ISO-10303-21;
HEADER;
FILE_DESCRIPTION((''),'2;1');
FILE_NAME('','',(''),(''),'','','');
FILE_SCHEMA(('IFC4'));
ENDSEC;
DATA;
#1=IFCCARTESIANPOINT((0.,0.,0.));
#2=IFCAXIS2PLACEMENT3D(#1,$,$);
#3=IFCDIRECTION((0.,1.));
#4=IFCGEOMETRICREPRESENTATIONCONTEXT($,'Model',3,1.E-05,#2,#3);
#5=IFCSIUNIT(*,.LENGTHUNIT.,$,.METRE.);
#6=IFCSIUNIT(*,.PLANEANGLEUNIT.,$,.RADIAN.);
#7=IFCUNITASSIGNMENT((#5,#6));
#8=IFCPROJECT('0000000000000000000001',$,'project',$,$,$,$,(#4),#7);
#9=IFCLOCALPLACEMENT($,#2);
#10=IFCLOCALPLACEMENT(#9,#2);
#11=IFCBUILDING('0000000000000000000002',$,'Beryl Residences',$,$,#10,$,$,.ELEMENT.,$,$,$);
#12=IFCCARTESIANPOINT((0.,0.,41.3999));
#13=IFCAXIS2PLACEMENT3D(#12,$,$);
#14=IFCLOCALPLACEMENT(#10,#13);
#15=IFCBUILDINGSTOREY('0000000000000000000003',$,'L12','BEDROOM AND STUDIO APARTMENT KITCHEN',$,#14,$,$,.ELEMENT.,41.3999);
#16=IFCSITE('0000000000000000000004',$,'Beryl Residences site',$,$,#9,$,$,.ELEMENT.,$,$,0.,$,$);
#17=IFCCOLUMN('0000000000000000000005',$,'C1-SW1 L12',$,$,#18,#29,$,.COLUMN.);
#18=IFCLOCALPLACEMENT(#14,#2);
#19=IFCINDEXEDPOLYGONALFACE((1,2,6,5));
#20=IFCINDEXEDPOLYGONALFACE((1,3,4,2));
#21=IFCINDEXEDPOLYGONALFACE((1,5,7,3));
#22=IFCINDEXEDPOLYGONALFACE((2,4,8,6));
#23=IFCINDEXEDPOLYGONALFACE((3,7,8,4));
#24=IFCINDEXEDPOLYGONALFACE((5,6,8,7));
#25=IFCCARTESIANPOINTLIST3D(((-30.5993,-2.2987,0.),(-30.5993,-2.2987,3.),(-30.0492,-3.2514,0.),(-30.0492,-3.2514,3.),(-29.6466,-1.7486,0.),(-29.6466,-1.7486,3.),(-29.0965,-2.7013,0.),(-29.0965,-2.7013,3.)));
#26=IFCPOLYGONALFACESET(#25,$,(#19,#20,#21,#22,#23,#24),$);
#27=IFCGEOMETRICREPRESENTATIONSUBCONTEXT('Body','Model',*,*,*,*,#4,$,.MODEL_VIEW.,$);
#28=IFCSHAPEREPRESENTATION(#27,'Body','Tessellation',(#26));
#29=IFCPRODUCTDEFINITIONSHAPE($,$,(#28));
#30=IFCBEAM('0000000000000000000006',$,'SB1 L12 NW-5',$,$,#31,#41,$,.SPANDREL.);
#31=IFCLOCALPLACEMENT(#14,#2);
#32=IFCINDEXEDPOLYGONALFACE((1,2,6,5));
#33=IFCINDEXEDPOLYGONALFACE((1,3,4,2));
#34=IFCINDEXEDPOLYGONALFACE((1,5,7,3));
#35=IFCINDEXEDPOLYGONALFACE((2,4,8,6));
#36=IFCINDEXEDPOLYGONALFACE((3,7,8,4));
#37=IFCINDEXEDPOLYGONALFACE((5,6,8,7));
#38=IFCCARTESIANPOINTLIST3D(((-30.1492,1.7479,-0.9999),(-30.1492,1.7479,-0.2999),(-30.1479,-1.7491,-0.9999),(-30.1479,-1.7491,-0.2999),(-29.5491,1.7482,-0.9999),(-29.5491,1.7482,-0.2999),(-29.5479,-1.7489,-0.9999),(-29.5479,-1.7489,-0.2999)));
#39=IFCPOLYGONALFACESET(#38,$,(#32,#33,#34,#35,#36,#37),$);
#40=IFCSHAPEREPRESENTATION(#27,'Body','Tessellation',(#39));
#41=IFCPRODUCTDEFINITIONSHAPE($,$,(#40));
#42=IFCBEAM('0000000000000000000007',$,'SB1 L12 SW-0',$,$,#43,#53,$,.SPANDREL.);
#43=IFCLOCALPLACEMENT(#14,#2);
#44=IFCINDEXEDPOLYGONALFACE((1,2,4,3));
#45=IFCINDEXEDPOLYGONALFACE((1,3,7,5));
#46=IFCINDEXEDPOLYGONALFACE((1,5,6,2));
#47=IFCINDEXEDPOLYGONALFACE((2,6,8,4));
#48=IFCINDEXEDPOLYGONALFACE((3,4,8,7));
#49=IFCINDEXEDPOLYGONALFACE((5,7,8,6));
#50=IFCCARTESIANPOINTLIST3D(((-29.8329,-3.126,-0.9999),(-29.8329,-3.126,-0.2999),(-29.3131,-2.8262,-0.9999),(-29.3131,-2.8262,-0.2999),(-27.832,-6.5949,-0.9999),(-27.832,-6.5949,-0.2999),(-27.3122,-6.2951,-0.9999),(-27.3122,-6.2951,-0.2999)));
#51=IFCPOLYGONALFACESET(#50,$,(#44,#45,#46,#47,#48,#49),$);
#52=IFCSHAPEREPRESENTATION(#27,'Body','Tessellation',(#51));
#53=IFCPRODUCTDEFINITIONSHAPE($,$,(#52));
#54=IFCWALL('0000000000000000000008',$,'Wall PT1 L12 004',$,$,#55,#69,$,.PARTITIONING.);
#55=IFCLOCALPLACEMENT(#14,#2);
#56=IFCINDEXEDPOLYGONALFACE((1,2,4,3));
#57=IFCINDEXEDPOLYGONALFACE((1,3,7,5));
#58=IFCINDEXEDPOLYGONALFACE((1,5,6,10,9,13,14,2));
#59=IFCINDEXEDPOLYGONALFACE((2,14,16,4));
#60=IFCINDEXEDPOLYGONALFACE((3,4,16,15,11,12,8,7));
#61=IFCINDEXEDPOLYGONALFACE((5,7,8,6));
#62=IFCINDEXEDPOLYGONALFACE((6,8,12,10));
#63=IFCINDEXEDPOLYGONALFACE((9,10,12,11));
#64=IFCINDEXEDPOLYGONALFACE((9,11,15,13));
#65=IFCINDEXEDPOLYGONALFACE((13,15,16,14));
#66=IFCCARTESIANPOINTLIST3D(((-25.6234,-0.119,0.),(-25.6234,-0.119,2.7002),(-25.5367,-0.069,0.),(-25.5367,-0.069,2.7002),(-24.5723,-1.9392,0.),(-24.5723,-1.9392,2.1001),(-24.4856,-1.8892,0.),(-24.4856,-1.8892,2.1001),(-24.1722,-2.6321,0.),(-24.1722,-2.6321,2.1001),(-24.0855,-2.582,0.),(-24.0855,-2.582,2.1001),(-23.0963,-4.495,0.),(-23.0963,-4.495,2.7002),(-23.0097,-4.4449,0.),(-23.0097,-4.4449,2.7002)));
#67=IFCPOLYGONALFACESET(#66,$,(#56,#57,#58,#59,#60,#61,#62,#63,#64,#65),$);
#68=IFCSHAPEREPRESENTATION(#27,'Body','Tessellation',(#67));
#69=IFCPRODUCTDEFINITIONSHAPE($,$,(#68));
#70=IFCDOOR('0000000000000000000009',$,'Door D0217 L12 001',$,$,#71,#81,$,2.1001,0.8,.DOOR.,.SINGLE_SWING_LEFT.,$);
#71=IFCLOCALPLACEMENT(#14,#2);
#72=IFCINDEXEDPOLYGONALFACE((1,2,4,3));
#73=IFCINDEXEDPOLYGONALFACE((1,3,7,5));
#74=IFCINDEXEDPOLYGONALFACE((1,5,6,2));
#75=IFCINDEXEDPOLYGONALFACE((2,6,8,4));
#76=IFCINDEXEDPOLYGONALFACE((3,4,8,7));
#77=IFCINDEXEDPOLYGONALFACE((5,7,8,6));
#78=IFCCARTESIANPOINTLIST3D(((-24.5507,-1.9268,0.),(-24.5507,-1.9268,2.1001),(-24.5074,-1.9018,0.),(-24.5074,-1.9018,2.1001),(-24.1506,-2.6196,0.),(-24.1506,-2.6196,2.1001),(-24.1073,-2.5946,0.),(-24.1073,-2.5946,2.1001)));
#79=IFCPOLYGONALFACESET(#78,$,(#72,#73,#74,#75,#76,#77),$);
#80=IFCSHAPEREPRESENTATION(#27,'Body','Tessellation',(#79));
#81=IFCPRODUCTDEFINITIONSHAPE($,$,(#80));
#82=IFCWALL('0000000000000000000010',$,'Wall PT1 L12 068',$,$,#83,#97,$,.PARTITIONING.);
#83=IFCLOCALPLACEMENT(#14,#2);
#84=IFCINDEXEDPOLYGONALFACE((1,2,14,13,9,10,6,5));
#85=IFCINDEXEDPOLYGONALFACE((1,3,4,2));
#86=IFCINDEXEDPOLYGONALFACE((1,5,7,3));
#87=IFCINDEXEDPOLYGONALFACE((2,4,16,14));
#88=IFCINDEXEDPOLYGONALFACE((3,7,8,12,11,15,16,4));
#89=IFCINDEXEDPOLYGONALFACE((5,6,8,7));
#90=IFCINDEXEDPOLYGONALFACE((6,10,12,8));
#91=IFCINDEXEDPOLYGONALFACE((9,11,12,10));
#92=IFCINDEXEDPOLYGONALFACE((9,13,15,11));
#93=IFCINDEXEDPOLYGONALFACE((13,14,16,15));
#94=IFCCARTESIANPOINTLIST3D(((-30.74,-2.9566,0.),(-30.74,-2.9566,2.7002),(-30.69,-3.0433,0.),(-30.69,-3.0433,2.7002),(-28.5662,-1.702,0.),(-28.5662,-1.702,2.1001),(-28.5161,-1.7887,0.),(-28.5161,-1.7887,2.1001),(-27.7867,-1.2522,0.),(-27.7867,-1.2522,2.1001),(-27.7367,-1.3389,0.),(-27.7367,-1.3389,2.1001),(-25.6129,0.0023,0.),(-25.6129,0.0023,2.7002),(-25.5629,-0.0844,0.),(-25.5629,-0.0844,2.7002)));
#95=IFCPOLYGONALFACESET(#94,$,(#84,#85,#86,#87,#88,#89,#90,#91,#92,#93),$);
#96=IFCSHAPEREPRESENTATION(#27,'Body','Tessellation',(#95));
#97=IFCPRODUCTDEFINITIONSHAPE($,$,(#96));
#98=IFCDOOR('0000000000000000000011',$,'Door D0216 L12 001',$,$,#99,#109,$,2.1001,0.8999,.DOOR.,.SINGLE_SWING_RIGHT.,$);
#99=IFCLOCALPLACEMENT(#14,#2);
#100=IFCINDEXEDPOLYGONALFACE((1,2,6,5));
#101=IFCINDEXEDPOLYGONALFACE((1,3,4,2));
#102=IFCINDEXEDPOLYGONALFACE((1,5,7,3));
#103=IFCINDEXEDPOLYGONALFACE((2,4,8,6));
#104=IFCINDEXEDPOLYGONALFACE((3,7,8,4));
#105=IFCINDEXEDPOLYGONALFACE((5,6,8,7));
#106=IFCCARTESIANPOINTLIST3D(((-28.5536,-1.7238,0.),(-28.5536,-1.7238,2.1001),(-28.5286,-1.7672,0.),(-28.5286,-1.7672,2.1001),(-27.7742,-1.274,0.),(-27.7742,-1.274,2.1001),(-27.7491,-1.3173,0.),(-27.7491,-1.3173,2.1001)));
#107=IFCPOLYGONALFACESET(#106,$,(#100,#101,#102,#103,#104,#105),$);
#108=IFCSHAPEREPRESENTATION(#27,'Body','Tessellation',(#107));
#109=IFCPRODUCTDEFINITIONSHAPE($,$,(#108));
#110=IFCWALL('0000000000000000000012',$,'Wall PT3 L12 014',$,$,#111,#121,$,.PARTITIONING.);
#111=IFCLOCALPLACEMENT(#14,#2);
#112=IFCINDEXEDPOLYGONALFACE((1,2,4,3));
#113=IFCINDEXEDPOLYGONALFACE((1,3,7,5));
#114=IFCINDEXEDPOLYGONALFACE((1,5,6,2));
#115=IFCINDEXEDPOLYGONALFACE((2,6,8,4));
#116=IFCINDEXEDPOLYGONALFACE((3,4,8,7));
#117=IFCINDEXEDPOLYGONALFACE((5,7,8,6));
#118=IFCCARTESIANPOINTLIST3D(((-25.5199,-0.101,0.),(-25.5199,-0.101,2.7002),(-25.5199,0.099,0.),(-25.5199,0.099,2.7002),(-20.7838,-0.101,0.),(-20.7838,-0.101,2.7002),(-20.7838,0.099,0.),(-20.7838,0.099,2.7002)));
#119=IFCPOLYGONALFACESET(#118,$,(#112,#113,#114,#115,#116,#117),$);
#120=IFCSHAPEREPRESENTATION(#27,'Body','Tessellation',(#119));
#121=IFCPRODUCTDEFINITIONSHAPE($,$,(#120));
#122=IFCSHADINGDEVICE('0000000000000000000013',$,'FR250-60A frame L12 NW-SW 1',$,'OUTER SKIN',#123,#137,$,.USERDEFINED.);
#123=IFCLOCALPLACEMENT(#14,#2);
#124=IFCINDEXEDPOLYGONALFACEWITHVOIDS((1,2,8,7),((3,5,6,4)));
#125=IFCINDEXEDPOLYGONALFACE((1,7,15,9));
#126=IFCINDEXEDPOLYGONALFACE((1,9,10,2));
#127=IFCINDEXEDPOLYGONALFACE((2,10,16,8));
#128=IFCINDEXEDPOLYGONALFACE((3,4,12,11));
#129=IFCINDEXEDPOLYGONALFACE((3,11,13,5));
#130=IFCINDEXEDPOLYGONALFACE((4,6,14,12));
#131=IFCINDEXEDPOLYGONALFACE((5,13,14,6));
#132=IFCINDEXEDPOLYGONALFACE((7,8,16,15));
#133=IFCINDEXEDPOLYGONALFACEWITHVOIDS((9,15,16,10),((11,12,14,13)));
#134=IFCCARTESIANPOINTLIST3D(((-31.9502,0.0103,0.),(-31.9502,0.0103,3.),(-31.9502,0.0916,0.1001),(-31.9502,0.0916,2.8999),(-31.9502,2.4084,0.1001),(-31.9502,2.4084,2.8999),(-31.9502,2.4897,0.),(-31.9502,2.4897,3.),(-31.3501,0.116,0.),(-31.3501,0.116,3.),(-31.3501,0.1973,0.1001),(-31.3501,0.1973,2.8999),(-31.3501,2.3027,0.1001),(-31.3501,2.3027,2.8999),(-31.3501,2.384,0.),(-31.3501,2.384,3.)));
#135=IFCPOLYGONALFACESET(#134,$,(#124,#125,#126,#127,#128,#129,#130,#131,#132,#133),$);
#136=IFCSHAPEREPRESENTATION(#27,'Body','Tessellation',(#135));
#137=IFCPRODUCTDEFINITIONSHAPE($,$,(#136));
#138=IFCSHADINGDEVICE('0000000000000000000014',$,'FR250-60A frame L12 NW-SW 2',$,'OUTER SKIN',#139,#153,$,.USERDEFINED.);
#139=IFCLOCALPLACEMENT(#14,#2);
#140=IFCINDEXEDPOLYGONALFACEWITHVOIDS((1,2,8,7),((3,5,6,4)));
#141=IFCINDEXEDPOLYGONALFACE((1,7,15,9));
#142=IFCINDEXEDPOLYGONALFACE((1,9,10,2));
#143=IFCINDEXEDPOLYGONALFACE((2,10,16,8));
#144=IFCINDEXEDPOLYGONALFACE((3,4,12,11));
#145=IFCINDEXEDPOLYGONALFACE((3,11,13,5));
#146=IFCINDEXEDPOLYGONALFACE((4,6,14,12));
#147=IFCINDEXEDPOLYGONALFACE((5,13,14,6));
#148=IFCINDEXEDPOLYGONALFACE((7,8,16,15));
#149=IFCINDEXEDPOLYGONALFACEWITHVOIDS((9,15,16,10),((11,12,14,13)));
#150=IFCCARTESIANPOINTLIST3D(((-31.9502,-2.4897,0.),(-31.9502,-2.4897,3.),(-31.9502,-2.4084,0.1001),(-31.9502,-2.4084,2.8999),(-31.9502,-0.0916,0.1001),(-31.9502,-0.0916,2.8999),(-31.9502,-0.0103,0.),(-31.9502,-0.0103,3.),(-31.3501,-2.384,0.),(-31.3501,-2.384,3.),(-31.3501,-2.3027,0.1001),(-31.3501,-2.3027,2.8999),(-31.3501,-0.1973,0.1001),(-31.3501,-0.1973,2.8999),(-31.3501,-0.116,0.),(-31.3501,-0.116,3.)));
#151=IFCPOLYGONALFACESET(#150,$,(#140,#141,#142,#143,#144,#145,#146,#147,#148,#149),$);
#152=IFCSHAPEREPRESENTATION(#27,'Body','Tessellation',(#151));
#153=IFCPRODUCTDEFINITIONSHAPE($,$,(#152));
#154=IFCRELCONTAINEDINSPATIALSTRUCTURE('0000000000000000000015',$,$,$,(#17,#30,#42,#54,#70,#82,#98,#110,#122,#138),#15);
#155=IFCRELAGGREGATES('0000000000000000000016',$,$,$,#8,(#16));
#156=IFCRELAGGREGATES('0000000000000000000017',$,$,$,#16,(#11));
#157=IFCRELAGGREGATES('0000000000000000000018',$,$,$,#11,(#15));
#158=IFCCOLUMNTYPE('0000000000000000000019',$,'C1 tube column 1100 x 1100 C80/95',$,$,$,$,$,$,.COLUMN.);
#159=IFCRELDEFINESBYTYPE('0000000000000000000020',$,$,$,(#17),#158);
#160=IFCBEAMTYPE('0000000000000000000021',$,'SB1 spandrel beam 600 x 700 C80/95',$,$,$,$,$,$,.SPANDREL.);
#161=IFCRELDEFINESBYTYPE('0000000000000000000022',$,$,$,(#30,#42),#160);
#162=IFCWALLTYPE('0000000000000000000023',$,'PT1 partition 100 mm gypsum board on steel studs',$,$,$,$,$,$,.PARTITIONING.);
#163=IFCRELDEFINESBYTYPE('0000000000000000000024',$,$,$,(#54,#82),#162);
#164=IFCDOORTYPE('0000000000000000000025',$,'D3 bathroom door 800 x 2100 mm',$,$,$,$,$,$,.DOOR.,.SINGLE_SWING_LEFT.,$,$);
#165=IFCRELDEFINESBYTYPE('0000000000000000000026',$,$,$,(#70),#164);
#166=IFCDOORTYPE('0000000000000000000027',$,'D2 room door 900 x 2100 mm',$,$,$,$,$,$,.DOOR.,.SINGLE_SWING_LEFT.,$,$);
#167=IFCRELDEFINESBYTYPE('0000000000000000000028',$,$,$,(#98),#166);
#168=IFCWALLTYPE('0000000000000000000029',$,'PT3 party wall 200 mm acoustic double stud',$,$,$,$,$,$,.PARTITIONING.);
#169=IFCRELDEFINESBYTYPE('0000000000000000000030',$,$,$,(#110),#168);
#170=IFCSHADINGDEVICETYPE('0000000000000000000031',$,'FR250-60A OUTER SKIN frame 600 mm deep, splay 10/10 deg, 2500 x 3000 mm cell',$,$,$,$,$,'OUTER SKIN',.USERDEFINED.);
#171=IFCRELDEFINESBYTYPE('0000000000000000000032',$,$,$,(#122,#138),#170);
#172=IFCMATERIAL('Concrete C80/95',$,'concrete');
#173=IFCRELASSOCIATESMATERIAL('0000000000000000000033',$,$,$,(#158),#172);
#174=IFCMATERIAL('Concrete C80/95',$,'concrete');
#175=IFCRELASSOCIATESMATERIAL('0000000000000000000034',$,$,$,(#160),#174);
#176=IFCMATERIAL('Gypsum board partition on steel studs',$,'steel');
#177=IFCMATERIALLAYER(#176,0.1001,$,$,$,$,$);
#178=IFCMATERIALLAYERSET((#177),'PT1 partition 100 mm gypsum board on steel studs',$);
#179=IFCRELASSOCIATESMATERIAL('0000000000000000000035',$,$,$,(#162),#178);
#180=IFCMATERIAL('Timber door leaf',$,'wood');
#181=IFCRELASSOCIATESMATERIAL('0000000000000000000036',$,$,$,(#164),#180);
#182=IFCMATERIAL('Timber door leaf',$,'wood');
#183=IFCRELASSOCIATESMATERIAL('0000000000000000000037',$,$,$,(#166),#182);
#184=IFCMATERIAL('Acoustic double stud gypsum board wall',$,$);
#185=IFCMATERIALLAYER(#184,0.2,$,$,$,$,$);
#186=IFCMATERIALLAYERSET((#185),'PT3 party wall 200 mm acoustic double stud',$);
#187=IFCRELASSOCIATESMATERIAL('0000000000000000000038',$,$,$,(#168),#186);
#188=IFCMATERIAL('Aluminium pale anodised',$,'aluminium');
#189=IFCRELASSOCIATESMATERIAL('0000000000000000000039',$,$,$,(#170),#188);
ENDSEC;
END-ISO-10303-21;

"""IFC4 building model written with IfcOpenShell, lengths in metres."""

from ifc_helpers import new_model, entity, si_unit, direction, frame, frame_2d, origin, origin_2d, place, context, subcontext, project, spatial, rectangle, extrude, source, transform, mapped, material, layer, layer_set, material_profile, profile_set, type_object, type_shapes, element, fill, save


model = new_model("IFC4")

# Units and contexts
model_context = context("Model", 3, precision=1e-05, world=origin(), true_north=direction((0.0, 1.0)))
body_context = subcontext(model_context, "Body", "Model", "MODEL_VIEW")
ifc_project = project(units=[si_unit("LENGTHUNIT", "METRE"), si_unit("PLANEANGLEUNIT", "RADIAN")], contexts=[model_context])

# Site, building, storey
site_placement = place(None, origin())
site = spatial("IfcSite", under=ifc_project, at=site_placement, Name="Beryl Residences site", CompositionType="ELEMENT", RefElevation=0.0)
building_placement = place(site_placement, origin())
building = spatial("IfcBuilding", under=site, at=building_placement, Name="Beryl Residences", CompositionType="ELEMENT")
storey_placement = place(building_placement, frame((0.0, 0.0, 41.3999)))
storey = spatial("IfcBuildingStorey", under=building, at=storey_placement, Name="L12", Description="BEDROOM AND STUDIO APARTMENT KITCHEN", CompositionType="ELEMENT", Elevation=41.3999)

# Column
ifc_material_1 = material(Name="Concrete C80/95", Category="concrete")
ifc_material_profile_1 = material_profile(ifc_material_1, rectangle(XDim=1.1001, YDim=1.1001, at=origin_2d()))
ifc_profile_set_1 = profile_set([ifc_material_profile_1], Name="Concrete C80/95")
column_type = type_object("IfcColumnType", Name="C1 tube column 1100 x 1100 C80/95", PredefinedType="COLUMN", material=ifc_profile_set_1)
column_placement = place(storey_placement, frame((-29.8479, -2.5, 0.0), z_axis=(0.0, 0.0, 1.0), x_axis=(0.499985, -0.866034, 0.0)))
element("IfcColumn", 1, at=column_placement, inside=storey, type_object=column_type, Name="C1-SW1 L12", PredefinedType="COLUMN", context=body_context, shape_type="SweptSolid", body=[
    extrude(rectangle(XDim=1.1001, YDim=1.1001, at=origin_2d()), origin(), (0.0, 0.0, 1.0), 3.0),
])

# Beams
ifc_material_2 = material(Name="Concrete C80/95", Category="concrete")
ifc_material_profile_2 = material_profile(ifc_material_2, rectangle(XDim=0.6001, YDim=0.7, at=origin_2d()))
ifc_profile_set_2 = profile_set([ifc_material_profile_2], Name="Concrete C80/95")
beam_type = type_object("IfcBeamType", Name="SB1 spandrel beam 600 x 700 C80/95", PredefinedType="SPANDREL", material=ifc_profile_set_2)
beam_1_placement = place(storey_placement, frame((-29.8491, 1.748, -0.6499), z_axis=(0.000349, -1.0, 0.0), x_axis=(1.0, 0.000349, 0.0)))
element("IfcBeam", 2, at=beam_1_placement, inside=storey, type_object=beam_type, Name="SB1 L12 NW-5", PredefinedType="SPANDREL", context=body_context, shape_type="SweptSolid", body=[
    extrude(rectangle(XDim=0.6001, YDim=0.7, at=origin_2d()), origin(), (0.0, 0.0, 1.0), 3.4971),
])
beam_2_placement = place(storey_placement, frame((-29.573, -2.9761, -0.6499), z_axis=(0.499654, -0.866225, 0.0), x_axis=(0.866225, 0.499654, 0.0)))
element("IfcBeam", 3, at=beam_2_placement, inside=storey, type_object=beam_type, Name="SB1 L12 SW-0", PredefinedType="SPANDREL", context=body_context, shape_type="SweptSolid", body=[
    extrude(rectangle(XDim=0.6001, YDim=0.7, at=origin_2d()), origin(), (0.0, 0.0, 1.0), 4.0046),
])

# Walls, openings, doors
ifc_material_3 = material(Name="Gypsum board partition on steel studs", Category="steel")
ifc_layer_1 = layer(ifc_material_3, 0.1001)
ifc_layer_set_1 = layer_set([ifc_layer_1], Name="PT1 partition 100 mm gypsum board on steel studs")
wall_type_1 = type_object("IfcWallType", Name="PT1 partition 100 mm gypsum board on steel studs", PredefinedType="PARTITIONING", material=ifc_layer_set_1)
wall_1_placement = place(storey_placement, frame((-25.5801, -0.094, 0.0), z_axis=(0.0, 0.0, 1.0), x_axis=(0.500093, -0.865972, 0.0)))
wall_1 = element("IfcWall", 4, at=wall_1_placement, inside=storey, type_object=wall_type_1, Name="Wall PT1 L12 004", PredefinedType="PARTITIONING", context=body_context, shape_type="SweptSolid", body=[
    extrude(rectangle(XDim=5.0532, YDim=0.1001, at=frame_2d((2.5266, 0.0))), origin(), (0.0, 0.0, 1.0), 2.7002),
])
opening_1_placement = place(wall_1_placement, frame((2.1021, 0.0, 0.0)))
opening_1 = element("IfcOpeningElement", 5, at=opening_1_placement, cuts=wall_1, PredefinedType="OPENING", context=body_context, shape_type="SweptSolid", body=[
    extrude(rectangle(XDim=0.8, YDim=2.1001, at=frame_2d((0.3999, 1.05))), frame((0.0, 0.0601, 0.0), z_axis=(0.0, -1.0, 0.0), x_axis=(1.0, 0.0, 0.0)), (0.0, 0.0, 1.0), 0.1201),
])
ifc_material_4 = material(Name="Timber door leaf", Category="wood")
door_type_1 = type_object("IfcDoorType", Name="D3 bathroom door 800 x 2100 mm", OperationType="SINGLE_SWING_LEFT", PredefinedType="DOOR", material=ifc_material_4)
door_1_placement = place(opening_1_placement, origin())
door_1 = element("IfcDoor", 6, at=door_1_placement, inside=storey, type_object=door_type_1, Name="Door D0217 L12 001", OperationType="SINGLE_SWING_LEFT", OverallHeight=2.1001, OverallWidth=0.8, PredefinedType="DOOR", context=body_context, shape_type="SweptSolid", body=[
    extrude(rectangle(XDim=0.8, YDim=2.1001, at=frame_2d((0.3999, 1.05))), frame((0.0, 0.0249, 0.0), z_axis=(0.0, -1.0, 0.0), x_axis=(1.0, 0.0, 0.0)), (0.0, 0.0, 1.0), 0.05),
])
fill(opening_1, door_1)
wall_2_placement = place(storey_placement, frame((-30.7151, -3.0, 0.0), z_axis=(0.0, 0.0, 1.0), x_axis=(0.866113, 0.499847, 0.0)))
wall_2 = element("IfcWall", 7, at=wall_2_placement, inside=storey, type_object=wall_type_1, Name="Wall PT1 L12 068", PredefinedType="PARTITIONING", context=body_context, shape_type="SweptSolid", body=[
    extrude(rectangle(XDim=5.9197, YDim=0.1001, at=frame_2d((2.96, 0.0))), origin(), (0.0, 0.0, 1.0), 2.7002),
])
opening_2_placement = place(wall_2_placement, frame((2.51, 0.0, 0.0)))
opening_2 = element("IfcOpeningElement", 8, at=opening_2_placement, cuts=wall_2, PredefinedType="OPENING", context=body_context, shape_type="SweptSolid", body=[
    extrude(rectangle(XDim=0.8999, YDim=2.1001, at=frame_2d((0.45, 1.05))), frame((0.0, 0.0601, 0.0), z_axis=(0.0, -1.0, 0.0), x_axis=(1.0, 0.0, 0.0)), (0.0, 0.0, 1.0), 0.1201),
])
ifc_material_5 = material(Name="Timber door leaf", Category="wood")
door_type_2 = type_object("IfcDoorType", Name="D2 room door 900 x 2100 mm", OperationType="SINGLE_SWING_LEFT", PredefinedType="DOOR", material=ifc_material_5)
door_2_placement = place(opening_2_placement, origin())
door_2 = element("IfcDoor", 9, at=door_2_placement, inside=storey, type_object=door_type_2, Name="Door D0216 L12 001", OperationType="SINGLE_SWING_RIGHT", OverallHeight=2.1001, OverallWidth=0.8999, PredefinedType="DOOR", context=body_context, shape_type="SweptSolid", body=[
    extrude(rectangle(XDim=0.8999, YDim=2.1001, at=frame_2d((0.45, 1.05))), frame((0.0, 0.0249, 0.0), z_axis=(0.0, -1.0, 0.0), x_axis=(1.0, 0.0, 0.0)), (0.0, 0.0, 1.0), 0.05),
])
fill(opening_2, door_2)

# Wall
ifc_material_6 = material(Name="Acoustic double stud gypsum board wall")
ifc_layer_2 = layer(ifc_material_6, 0.2)
ifc_layer_set_2 = layer_set([ifc_layer_2], Name="PT3 party wall 200 mm acoustic double stud")
wall_type_2 = type_object("IfcWallType", Name="PT3 party wall 200 mm acoustic double stud", PredefinedType="PARTITIONING", material=ifc_layer_set_2)
wall_3_placement = place(storey_placement, frame((-25.52, -0.001, 0.0), z_axis=(0.0, 0.0, 1.0), x_axis=(1.0, 0.0, 0.0)))
element("IfcWall", 10, at=wall_3_placement, inside=storey, type_object=wall_type_2, Name="Wall PT3 L12 014", PredefinedType="PARTITIONING", context=body_context, shape_type="SweptSolid", body=[
    extrude(rectangle(XDim=4.7361, YDim=0.2, at=frame_2d((2.3682, 0.0))), origin(), (0.0, 0.0, 1.0), 2.7002),
])

# Shading devices
ifc_material_7 = material(Name="Aluminium pale anodised", Category="aluminium")
shading_device_type_1 = type_object("IfcShadingDeviceType", Name="FR250-60A OUTER SKIN frame 600 mm deep, splay 10/10 deg, 2500 x 3000 mm cell", ElementType="OUTER SKIN", PredefinedType="USERDEFINED", material=ifc_material_7)
cartesian_point_1 = entity("IfcCartesianPoint", [-1.134, 0.0])
cartesian_point_2 = entity("IfcCartesianPoint", [-1.0527, 0.1001])
cartesian_point_3 = entity("IfcCartesianPoint", [-1.2397, 0.0])
cartesian_point_4 = entity("IfcCartesianPoint", [-1.1584, 0.1001])
shared_shape_1 = source(origin(), body_context, "Body", "SweptSolid", [
    entity("IfcExtrudedAreaSolidTapered", entity("IfcArbitraryProfileDefWithVoids", "AREA", None, entity("IfcPolyline", [cartesian_point_1, entity("IfcCartesianPoint", [1.134, 0.0]), entity("IfcCartesianPoint", [1.134, 3.0]), entity("IfcCartesianPoint", [-1.134, 3.0]), cartesian_point_1]), [entity("IfcPolyline", [cartesian_point_2, entity("IfcCartesianPoint", [1.0527, 0.1001]), entity("IfcCartesianPoint", [1.0527, 2.8999]), entity("IfcCartesianPoint", [-1.0527, 2.8999]), cartesian_point_2])]), entity("IfcAxis2Placement3D", entity("IfcCartesianPoint", [0.0, 0.0, 0.0]), entity("IfcDirection", [0.0, 1.0, 0.0]), entity("IfcDirection", [-1.0, 0.0, 0.0])), entity("IfcDirection", [0.0, 0.0, 1.0]), 0.6001, entity("IfcArbitraryProfileDefWithVoids", "AREA", None, entity("IfcPolyline", [cartesian_point_3, entity("IfcCartesianPoint", [1.2397, 0.0]), entity("IfcCartesianPoint", [1.2397, 3.0]), entity("IfcCartesianPoint", [-1.2397, 3.0]), cartesian_point_3]), [entity("IfcPolyline", [cartesian_point_4, entity("IfcCartesianPoint", [1.1584, 0.1001]), entity("IfcCartesianPoint", [1.1584, 2.8999]), entity("IfcCartesianPoint", [-1.1584, 2.8999]), cartesian_point_4])])),
])
type_shapes(shading_device_type_1, [shared_shape_1])
for number, where, z_axis, x_axis, name in (
    (11, (-31.3501, 1.25, 0.0), (0.0, 0.0, 1.0), (0.0, 1.0, 0.0), "FR250-60A frame L12 NW-SW 1"),
    (12, (-31.3501, -1.25, 0.0), (0.0, 0.0, 1.0), (0.0, 1.0, 0.0), "FR250-60A frame L12 NW-SW 2"),
):
    element("IfcShadingDevice", number, at=place(storey_placement, frame(where, z_axis=z_axis, x_axis=x_axis)), inside=storey, type_object=shading_device_type_1, Name=name, ObjectType="OUTER SKIN", PredefinedType="USERDEFINED", context=body_context, shape_type="MappedRepresentation", body=[
        mapped(shared_shape_1, transform((0.0, 0.0, 0.0))),
    ])

save(model, "model.ifc")
